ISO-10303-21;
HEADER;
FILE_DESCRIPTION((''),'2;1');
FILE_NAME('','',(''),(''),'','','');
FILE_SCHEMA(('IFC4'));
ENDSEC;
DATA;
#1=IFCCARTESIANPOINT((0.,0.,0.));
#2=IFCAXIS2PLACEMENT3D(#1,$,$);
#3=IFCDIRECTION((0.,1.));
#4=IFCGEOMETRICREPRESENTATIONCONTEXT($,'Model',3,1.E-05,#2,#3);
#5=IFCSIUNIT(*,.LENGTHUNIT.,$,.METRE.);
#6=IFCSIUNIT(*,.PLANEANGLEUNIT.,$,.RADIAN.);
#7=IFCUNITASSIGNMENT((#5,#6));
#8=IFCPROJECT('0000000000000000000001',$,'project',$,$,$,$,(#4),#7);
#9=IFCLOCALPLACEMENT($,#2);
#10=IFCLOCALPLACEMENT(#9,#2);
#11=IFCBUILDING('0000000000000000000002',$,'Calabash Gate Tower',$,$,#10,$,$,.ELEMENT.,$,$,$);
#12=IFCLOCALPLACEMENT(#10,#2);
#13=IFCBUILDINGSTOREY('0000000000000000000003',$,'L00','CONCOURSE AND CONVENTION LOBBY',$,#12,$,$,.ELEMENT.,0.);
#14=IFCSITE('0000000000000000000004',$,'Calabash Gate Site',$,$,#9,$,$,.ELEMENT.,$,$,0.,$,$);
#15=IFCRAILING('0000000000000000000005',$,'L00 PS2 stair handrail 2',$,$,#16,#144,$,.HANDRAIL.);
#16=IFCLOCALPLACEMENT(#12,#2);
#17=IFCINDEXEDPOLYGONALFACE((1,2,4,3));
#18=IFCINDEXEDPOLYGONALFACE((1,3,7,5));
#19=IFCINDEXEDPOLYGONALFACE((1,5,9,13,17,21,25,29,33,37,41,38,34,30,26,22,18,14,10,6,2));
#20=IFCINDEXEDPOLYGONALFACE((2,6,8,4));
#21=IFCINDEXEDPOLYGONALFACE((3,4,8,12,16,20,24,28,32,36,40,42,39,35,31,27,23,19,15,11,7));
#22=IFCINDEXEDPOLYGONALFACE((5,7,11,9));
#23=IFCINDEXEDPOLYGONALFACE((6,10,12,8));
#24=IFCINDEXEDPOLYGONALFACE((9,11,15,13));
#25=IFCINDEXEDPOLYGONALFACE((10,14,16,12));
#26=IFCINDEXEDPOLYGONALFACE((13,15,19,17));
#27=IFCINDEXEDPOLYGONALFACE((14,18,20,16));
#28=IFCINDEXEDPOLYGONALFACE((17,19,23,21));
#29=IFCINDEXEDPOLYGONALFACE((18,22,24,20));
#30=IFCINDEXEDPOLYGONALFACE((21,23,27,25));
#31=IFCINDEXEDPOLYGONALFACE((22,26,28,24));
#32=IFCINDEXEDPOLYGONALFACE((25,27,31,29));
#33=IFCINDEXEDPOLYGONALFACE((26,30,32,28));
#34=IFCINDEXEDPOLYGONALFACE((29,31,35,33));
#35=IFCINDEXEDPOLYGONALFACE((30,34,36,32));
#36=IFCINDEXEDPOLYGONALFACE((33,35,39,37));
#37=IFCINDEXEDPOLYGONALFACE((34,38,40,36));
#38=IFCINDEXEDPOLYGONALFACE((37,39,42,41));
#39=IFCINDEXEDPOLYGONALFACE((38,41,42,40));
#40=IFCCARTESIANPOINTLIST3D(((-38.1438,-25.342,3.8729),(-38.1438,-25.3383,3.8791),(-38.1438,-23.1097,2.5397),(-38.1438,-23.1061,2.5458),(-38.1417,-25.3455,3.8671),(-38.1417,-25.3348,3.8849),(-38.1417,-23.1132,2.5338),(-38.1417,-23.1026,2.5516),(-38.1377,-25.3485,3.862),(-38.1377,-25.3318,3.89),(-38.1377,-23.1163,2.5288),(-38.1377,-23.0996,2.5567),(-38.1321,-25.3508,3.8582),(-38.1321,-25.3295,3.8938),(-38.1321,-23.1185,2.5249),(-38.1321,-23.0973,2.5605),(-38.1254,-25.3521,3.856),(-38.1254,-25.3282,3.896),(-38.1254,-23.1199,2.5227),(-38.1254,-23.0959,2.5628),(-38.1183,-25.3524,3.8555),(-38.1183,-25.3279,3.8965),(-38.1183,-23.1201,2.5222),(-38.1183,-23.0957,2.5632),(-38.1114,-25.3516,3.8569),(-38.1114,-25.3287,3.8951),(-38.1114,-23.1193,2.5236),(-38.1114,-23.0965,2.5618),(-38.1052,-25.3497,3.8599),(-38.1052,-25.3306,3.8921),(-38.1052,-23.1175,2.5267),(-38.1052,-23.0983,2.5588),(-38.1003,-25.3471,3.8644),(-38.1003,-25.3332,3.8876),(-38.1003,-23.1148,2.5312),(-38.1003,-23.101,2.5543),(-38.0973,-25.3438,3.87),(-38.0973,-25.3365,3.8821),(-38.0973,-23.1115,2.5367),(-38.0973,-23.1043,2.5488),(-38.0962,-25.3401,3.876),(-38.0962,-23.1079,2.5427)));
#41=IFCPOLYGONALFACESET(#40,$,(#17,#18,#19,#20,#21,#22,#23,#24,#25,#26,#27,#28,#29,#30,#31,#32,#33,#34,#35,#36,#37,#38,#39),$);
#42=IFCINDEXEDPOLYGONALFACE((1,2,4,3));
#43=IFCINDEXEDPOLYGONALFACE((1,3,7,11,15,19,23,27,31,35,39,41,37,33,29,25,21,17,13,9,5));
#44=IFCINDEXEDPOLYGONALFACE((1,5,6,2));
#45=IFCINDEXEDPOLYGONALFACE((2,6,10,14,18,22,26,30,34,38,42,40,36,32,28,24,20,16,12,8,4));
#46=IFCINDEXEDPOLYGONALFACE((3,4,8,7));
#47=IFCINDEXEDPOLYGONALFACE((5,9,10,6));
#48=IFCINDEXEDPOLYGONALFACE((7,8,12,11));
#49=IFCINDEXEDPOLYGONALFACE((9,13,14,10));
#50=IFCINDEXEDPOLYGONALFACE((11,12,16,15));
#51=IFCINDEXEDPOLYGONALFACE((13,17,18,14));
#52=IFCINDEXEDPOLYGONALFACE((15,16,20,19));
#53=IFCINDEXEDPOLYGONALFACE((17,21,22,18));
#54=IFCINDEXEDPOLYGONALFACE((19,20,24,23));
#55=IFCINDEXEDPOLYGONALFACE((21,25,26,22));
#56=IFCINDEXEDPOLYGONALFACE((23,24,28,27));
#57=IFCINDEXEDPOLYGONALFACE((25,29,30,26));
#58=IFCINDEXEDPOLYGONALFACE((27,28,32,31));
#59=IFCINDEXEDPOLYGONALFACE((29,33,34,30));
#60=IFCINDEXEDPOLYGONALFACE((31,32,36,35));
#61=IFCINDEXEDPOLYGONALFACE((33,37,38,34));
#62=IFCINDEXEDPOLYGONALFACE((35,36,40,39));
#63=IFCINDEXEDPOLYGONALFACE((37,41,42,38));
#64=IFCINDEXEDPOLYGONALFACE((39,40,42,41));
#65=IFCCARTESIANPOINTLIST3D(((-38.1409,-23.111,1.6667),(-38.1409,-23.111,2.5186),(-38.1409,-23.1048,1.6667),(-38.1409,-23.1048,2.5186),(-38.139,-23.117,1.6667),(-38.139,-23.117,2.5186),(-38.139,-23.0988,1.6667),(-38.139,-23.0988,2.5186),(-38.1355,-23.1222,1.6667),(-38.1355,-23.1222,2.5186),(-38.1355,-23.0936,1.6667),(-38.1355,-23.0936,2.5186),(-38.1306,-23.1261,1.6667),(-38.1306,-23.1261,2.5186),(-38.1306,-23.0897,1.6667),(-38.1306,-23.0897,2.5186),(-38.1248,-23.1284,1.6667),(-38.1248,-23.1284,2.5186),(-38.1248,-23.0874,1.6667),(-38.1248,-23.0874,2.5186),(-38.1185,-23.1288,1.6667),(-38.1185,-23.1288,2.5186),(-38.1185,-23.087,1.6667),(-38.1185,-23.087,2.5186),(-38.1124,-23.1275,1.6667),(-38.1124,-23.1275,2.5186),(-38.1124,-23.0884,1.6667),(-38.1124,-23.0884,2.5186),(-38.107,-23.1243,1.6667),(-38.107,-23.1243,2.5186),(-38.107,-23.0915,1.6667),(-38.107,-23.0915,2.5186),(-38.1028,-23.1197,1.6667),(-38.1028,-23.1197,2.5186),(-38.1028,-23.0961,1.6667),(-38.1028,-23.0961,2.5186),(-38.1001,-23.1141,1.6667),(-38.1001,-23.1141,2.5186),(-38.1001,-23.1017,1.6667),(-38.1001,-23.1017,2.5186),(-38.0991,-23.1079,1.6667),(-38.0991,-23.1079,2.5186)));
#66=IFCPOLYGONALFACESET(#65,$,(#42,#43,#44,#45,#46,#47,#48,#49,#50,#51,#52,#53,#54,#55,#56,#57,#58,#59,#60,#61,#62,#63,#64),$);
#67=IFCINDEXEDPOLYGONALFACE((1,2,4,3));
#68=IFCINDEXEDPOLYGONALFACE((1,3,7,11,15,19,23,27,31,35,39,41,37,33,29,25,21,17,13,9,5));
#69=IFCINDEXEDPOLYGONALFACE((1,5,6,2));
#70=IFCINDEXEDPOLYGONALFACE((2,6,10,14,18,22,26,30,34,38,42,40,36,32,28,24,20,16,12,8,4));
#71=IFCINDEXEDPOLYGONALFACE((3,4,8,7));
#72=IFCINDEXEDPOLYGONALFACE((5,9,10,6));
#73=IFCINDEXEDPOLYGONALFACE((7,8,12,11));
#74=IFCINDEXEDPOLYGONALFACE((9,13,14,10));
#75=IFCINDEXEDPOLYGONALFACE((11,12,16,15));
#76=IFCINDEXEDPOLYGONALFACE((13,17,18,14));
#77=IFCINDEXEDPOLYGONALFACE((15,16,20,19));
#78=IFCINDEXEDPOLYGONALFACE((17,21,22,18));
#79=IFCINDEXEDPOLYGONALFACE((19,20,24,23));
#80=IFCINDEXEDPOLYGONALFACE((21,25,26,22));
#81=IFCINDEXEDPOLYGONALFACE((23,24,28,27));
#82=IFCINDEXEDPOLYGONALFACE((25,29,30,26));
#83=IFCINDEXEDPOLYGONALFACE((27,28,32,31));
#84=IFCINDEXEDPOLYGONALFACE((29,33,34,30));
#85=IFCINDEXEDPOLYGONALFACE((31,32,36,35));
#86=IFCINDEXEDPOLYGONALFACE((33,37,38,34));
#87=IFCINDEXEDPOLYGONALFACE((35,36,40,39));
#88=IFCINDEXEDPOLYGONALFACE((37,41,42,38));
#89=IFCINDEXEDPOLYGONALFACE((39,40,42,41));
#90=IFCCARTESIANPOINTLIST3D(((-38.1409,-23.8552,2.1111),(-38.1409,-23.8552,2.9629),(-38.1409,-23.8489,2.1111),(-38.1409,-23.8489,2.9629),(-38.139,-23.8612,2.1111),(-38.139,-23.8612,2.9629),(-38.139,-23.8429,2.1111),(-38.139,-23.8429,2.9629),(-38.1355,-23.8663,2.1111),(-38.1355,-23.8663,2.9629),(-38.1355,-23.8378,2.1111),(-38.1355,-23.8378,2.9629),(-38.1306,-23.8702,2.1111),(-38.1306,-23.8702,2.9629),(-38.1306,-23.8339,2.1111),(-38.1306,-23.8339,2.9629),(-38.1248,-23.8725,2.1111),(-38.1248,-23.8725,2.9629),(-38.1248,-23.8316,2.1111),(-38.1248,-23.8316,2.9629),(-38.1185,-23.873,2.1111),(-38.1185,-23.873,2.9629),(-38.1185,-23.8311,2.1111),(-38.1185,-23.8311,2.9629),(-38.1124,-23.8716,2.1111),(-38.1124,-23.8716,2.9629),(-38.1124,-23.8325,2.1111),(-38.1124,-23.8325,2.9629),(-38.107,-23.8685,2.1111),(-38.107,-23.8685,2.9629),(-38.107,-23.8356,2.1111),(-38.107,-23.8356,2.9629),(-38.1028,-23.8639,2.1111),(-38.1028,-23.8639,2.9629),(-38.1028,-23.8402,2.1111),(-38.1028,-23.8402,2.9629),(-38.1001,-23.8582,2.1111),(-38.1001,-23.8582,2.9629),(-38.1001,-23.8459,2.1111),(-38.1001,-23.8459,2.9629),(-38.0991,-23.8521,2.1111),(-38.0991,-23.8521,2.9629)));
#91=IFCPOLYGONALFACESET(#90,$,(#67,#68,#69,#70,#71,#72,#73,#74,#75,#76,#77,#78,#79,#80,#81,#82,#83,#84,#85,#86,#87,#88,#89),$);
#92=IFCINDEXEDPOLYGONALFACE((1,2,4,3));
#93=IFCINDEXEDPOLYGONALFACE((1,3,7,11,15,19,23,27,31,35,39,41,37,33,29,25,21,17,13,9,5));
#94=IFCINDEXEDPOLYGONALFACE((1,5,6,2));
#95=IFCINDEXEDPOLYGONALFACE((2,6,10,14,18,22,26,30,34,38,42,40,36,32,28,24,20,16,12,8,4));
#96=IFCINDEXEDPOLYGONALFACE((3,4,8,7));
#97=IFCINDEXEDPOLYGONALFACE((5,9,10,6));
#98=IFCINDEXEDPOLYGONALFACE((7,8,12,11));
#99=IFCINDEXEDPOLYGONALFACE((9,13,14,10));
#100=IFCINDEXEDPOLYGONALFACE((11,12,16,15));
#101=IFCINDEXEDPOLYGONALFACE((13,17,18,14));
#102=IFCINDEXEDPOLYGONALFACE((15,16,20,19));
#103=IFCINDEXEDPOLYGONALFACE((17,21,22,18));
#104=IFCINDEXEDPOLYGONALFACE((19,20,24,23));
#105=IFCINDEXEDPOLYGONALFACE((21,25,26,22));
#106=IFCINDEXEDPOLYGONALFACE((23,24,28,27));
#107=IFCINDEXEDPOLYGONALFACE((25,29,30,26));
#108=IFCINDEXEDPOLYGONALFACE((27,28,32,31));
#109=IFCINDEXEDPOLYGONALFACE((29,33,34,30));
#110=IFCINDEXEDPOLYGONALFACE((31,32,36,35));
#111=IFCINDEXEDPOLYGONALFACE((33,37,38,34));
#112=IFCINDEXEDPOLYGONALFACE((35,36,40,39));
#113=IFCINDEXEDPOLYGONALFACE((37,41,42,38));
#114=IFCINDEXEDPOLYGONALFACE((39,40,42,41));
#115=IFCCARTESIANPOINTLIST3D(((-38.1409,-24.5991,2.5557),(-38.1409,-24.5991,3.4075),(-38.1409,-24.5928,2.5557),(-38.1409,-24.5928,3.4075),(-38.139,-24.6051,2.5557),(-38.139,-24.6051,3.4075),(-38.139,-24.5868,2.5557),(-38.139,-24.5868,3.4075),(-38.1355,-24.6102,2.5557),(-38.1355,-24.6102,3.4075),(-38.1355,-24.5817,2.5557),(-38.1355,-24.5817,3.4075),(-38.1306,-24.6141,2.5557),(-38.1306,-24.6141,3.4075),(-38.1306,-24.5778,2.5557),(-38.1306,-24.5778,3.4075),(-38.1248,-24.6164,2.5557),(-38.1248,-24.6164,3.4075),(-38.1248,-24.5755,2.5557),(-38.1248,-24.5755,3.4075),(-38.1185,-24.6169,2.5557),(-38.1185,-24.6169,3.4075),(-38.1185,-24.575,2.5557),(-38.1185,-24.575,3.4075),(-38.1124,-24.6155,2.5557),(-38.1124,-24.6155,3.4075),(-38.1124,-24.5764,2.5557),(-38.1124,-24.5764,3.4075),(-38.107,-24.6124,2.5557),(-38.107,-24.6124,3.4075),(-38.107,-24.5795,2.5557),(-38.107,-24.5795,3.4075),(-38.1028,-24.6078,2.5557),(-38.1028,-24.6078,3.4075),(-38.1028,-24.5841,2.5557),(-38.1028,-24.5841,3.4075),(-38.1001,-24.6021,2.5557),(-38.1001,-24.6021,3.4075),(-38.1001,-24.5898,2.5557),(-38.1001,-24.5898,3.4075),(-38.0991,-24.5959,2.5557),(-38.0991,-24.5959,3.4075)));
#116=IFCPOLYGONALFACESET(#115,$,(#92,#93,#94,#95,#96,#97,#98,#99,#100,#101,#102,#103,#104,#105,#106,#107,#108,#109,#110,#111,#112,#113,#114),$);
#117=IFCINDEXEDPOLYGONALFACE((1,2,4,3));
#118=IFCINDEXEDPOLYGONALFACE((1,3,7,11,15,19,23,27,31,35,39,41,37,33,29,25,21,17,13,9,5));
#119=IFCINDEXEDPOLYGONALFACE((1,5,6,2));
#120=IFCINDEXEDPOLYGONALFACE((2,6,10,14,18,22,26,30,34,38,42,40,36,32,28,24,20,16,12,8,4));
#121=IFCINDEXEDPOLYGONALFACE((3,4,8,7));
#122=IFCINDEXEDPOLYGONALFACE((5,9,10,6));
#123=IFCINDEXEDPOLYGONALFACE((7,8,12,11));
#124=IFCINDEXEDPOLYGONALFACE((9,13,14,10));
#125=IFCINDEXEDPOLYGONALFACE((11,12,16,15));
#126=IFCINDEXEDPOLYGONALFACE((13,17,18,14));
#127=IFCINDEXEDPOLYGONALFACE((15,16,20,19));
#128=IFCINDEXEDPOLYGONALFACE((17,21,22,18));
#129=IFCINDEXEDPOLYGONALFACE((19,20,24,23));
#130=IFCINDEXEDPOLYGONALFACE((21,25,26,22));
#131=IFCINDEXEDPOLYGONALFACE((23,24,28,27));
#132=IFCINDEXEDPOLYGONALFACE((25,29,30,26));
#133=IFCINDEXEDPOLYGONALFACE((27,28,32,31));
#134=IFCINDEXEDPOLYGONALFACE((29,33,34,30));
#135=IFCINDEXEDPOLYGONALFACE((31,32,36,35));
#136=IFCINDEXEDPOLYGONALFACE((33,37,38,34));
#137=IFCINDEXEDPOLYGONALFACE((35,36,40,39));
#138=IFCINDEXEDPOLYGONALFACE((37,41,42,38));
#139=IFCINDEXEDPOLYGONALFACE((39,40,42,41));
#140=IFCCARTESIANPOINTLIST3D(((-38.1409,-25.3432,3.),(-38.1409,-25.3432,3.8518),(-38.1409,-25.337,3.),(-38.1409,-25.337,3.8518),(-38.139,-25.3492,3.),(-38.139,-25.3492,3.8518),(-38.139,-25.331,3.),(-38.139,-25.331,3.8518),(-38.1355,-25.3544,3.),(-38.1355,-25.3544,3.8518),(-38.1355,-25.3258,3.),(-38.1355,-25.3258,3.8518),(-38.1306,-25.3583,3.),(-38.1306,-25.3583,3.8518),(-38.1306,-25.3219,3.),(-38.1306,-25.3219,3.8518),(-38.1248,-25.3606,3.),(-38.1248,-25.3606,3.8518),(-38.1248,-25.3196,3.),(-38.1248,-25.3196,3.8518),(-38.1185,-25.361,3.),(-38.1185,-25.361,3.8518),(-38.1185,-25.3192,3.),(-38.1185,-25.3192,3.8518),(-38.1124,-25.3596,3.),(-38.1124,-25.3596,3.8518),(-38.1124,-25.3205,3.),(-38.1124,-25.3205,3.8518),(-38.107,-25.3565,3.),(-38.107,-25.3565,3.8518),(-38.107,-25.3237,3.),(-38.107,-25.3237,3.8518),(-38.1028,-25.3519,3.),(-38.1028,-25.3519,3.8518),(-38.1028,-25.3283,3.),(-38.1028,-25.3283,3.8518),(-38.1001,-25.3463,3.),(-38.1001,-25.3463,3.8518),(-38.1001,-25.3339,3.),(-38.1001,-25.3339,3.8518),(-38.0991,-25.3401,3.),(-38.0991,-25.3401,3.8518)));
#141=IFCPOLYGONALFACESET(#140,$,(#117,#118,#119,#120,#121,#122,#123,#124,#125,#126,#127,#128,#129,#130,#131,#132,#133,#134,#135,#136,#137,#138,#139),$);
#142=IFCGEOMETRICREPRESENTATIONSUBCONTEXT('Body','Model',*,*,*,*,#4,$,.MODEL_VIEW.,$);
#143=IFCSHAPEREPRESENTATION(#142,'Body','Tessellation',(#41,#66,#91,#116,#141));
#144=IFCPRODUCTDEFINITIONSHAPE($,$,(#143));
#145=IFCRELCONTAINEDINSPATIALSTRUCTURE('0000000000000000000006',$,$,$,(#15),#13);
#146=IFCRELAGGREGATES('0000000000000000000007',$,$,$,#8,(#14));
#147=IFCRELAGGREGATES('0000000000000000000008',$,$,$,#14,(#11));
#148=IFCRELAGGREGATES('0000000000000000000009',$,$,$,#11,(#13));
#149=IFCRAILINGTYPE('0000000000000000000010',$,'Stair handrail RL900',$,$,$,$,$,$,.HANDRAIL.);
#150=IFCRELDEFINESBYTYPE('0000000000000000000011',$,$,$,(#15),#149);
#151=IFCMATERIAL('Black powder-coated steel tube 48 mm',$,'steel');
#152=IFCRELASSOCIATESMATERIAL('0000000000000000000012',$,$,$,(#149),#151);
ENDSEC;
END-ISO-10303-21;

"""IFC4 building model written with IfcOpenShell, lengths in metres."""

from ifc_helpers import new_model, si_unit, direction, frame, origin, origin_2d, place, context, subcontext, project, spatial, circle, extrude, material, type_object, element, save


model = new_model("IFC4")

# Units and contexts
model_context = context("Model", 3, precision=1e-05, world=origin(), true_north=direction((0.0, 1.0)))
body_context = subcontext(model_context, "Body", "Model", "MODEL_VIEW")
ifc_project = project(units=[si_unit("LENGTHUNIT", "METRE"), si_unit("PLANEANGLEUNIT", "RADIAN")], contexts=[model_context])

# Site, building, storey
site_placement = place(None, origin())
site = spatial("IfcSite", under=ifc_project, at=site_placement, Name="Calabash Gate Site", CompositionType="ELEMENT", RefElevation=0.0)
building_placement = place(site_placement, origin())
building = spatial("IfcBuilding", under=site, at=building_placement, Name="Calabash Gate Tower", CompositionType="ELEMENT")
storey_placement = place(building_placement, origin())
storey = spatial("IfcBuildingStorey", under=building, at=storey_placement, Name="L00", Description="CONCOURSE AND CONVENTION LOBBY", CompositionType="ELEMENT", Elevation=0.0)

# Railing
ifc_material_1 = material(Name="Black powder-coated steel tube 48 mm", Category="steel")
railing_type_1 = type_object("IfcRailingType", Name="Stair handrail RL900", PredefinedType="HANDRAIL", material=ifc_material_1)
for number, where, name in (
    (1, (-38.1201, -23.1079, 1.6667), "L00 PS2 stair handrail 2"),
):
    element("IfcRailing", number, at=place(storey_placement, frame(where)), inside=storey, type_object=railing_type_1, Name=name, PredefinedType="HANDRAIL", context=body_context, shape_type="SweptSolid", body=[
        extrude(circle(Radius=0.0239, at=origin_2d()), frame((0.0, 0.0, 0.876), z_axis=(0.0, -0.858519, 0.512782), x_axis=(1.0, 0.0, 0.0)), (0.0, 0.0, 1.0), 2.6001),
        extrude(circle(Radius=0.021, at=origin_2d()), origin(), (0.0, 0.0, 1.0), 0.8518),
        extrude(circle(Radius=0.021, at=origin_2d()), frame((0.0, -0.7441, 0.4443)), (0.0, 0.0, 1.0), 0.8518),
        extrude(circle(Radius=0.021, at=origin_2d()), frame((0.0, -1.488, 0.8889)), (0.0, 0.0, 1.0), 0.8518),
        extrude(circle(Radius=0.021, at=origin_2d()), frame((0.0, -2.2322, 1.3333)), (0.0, 0.0, 1.0), 0.8518),
    ])

save(model, "model.ifc")
